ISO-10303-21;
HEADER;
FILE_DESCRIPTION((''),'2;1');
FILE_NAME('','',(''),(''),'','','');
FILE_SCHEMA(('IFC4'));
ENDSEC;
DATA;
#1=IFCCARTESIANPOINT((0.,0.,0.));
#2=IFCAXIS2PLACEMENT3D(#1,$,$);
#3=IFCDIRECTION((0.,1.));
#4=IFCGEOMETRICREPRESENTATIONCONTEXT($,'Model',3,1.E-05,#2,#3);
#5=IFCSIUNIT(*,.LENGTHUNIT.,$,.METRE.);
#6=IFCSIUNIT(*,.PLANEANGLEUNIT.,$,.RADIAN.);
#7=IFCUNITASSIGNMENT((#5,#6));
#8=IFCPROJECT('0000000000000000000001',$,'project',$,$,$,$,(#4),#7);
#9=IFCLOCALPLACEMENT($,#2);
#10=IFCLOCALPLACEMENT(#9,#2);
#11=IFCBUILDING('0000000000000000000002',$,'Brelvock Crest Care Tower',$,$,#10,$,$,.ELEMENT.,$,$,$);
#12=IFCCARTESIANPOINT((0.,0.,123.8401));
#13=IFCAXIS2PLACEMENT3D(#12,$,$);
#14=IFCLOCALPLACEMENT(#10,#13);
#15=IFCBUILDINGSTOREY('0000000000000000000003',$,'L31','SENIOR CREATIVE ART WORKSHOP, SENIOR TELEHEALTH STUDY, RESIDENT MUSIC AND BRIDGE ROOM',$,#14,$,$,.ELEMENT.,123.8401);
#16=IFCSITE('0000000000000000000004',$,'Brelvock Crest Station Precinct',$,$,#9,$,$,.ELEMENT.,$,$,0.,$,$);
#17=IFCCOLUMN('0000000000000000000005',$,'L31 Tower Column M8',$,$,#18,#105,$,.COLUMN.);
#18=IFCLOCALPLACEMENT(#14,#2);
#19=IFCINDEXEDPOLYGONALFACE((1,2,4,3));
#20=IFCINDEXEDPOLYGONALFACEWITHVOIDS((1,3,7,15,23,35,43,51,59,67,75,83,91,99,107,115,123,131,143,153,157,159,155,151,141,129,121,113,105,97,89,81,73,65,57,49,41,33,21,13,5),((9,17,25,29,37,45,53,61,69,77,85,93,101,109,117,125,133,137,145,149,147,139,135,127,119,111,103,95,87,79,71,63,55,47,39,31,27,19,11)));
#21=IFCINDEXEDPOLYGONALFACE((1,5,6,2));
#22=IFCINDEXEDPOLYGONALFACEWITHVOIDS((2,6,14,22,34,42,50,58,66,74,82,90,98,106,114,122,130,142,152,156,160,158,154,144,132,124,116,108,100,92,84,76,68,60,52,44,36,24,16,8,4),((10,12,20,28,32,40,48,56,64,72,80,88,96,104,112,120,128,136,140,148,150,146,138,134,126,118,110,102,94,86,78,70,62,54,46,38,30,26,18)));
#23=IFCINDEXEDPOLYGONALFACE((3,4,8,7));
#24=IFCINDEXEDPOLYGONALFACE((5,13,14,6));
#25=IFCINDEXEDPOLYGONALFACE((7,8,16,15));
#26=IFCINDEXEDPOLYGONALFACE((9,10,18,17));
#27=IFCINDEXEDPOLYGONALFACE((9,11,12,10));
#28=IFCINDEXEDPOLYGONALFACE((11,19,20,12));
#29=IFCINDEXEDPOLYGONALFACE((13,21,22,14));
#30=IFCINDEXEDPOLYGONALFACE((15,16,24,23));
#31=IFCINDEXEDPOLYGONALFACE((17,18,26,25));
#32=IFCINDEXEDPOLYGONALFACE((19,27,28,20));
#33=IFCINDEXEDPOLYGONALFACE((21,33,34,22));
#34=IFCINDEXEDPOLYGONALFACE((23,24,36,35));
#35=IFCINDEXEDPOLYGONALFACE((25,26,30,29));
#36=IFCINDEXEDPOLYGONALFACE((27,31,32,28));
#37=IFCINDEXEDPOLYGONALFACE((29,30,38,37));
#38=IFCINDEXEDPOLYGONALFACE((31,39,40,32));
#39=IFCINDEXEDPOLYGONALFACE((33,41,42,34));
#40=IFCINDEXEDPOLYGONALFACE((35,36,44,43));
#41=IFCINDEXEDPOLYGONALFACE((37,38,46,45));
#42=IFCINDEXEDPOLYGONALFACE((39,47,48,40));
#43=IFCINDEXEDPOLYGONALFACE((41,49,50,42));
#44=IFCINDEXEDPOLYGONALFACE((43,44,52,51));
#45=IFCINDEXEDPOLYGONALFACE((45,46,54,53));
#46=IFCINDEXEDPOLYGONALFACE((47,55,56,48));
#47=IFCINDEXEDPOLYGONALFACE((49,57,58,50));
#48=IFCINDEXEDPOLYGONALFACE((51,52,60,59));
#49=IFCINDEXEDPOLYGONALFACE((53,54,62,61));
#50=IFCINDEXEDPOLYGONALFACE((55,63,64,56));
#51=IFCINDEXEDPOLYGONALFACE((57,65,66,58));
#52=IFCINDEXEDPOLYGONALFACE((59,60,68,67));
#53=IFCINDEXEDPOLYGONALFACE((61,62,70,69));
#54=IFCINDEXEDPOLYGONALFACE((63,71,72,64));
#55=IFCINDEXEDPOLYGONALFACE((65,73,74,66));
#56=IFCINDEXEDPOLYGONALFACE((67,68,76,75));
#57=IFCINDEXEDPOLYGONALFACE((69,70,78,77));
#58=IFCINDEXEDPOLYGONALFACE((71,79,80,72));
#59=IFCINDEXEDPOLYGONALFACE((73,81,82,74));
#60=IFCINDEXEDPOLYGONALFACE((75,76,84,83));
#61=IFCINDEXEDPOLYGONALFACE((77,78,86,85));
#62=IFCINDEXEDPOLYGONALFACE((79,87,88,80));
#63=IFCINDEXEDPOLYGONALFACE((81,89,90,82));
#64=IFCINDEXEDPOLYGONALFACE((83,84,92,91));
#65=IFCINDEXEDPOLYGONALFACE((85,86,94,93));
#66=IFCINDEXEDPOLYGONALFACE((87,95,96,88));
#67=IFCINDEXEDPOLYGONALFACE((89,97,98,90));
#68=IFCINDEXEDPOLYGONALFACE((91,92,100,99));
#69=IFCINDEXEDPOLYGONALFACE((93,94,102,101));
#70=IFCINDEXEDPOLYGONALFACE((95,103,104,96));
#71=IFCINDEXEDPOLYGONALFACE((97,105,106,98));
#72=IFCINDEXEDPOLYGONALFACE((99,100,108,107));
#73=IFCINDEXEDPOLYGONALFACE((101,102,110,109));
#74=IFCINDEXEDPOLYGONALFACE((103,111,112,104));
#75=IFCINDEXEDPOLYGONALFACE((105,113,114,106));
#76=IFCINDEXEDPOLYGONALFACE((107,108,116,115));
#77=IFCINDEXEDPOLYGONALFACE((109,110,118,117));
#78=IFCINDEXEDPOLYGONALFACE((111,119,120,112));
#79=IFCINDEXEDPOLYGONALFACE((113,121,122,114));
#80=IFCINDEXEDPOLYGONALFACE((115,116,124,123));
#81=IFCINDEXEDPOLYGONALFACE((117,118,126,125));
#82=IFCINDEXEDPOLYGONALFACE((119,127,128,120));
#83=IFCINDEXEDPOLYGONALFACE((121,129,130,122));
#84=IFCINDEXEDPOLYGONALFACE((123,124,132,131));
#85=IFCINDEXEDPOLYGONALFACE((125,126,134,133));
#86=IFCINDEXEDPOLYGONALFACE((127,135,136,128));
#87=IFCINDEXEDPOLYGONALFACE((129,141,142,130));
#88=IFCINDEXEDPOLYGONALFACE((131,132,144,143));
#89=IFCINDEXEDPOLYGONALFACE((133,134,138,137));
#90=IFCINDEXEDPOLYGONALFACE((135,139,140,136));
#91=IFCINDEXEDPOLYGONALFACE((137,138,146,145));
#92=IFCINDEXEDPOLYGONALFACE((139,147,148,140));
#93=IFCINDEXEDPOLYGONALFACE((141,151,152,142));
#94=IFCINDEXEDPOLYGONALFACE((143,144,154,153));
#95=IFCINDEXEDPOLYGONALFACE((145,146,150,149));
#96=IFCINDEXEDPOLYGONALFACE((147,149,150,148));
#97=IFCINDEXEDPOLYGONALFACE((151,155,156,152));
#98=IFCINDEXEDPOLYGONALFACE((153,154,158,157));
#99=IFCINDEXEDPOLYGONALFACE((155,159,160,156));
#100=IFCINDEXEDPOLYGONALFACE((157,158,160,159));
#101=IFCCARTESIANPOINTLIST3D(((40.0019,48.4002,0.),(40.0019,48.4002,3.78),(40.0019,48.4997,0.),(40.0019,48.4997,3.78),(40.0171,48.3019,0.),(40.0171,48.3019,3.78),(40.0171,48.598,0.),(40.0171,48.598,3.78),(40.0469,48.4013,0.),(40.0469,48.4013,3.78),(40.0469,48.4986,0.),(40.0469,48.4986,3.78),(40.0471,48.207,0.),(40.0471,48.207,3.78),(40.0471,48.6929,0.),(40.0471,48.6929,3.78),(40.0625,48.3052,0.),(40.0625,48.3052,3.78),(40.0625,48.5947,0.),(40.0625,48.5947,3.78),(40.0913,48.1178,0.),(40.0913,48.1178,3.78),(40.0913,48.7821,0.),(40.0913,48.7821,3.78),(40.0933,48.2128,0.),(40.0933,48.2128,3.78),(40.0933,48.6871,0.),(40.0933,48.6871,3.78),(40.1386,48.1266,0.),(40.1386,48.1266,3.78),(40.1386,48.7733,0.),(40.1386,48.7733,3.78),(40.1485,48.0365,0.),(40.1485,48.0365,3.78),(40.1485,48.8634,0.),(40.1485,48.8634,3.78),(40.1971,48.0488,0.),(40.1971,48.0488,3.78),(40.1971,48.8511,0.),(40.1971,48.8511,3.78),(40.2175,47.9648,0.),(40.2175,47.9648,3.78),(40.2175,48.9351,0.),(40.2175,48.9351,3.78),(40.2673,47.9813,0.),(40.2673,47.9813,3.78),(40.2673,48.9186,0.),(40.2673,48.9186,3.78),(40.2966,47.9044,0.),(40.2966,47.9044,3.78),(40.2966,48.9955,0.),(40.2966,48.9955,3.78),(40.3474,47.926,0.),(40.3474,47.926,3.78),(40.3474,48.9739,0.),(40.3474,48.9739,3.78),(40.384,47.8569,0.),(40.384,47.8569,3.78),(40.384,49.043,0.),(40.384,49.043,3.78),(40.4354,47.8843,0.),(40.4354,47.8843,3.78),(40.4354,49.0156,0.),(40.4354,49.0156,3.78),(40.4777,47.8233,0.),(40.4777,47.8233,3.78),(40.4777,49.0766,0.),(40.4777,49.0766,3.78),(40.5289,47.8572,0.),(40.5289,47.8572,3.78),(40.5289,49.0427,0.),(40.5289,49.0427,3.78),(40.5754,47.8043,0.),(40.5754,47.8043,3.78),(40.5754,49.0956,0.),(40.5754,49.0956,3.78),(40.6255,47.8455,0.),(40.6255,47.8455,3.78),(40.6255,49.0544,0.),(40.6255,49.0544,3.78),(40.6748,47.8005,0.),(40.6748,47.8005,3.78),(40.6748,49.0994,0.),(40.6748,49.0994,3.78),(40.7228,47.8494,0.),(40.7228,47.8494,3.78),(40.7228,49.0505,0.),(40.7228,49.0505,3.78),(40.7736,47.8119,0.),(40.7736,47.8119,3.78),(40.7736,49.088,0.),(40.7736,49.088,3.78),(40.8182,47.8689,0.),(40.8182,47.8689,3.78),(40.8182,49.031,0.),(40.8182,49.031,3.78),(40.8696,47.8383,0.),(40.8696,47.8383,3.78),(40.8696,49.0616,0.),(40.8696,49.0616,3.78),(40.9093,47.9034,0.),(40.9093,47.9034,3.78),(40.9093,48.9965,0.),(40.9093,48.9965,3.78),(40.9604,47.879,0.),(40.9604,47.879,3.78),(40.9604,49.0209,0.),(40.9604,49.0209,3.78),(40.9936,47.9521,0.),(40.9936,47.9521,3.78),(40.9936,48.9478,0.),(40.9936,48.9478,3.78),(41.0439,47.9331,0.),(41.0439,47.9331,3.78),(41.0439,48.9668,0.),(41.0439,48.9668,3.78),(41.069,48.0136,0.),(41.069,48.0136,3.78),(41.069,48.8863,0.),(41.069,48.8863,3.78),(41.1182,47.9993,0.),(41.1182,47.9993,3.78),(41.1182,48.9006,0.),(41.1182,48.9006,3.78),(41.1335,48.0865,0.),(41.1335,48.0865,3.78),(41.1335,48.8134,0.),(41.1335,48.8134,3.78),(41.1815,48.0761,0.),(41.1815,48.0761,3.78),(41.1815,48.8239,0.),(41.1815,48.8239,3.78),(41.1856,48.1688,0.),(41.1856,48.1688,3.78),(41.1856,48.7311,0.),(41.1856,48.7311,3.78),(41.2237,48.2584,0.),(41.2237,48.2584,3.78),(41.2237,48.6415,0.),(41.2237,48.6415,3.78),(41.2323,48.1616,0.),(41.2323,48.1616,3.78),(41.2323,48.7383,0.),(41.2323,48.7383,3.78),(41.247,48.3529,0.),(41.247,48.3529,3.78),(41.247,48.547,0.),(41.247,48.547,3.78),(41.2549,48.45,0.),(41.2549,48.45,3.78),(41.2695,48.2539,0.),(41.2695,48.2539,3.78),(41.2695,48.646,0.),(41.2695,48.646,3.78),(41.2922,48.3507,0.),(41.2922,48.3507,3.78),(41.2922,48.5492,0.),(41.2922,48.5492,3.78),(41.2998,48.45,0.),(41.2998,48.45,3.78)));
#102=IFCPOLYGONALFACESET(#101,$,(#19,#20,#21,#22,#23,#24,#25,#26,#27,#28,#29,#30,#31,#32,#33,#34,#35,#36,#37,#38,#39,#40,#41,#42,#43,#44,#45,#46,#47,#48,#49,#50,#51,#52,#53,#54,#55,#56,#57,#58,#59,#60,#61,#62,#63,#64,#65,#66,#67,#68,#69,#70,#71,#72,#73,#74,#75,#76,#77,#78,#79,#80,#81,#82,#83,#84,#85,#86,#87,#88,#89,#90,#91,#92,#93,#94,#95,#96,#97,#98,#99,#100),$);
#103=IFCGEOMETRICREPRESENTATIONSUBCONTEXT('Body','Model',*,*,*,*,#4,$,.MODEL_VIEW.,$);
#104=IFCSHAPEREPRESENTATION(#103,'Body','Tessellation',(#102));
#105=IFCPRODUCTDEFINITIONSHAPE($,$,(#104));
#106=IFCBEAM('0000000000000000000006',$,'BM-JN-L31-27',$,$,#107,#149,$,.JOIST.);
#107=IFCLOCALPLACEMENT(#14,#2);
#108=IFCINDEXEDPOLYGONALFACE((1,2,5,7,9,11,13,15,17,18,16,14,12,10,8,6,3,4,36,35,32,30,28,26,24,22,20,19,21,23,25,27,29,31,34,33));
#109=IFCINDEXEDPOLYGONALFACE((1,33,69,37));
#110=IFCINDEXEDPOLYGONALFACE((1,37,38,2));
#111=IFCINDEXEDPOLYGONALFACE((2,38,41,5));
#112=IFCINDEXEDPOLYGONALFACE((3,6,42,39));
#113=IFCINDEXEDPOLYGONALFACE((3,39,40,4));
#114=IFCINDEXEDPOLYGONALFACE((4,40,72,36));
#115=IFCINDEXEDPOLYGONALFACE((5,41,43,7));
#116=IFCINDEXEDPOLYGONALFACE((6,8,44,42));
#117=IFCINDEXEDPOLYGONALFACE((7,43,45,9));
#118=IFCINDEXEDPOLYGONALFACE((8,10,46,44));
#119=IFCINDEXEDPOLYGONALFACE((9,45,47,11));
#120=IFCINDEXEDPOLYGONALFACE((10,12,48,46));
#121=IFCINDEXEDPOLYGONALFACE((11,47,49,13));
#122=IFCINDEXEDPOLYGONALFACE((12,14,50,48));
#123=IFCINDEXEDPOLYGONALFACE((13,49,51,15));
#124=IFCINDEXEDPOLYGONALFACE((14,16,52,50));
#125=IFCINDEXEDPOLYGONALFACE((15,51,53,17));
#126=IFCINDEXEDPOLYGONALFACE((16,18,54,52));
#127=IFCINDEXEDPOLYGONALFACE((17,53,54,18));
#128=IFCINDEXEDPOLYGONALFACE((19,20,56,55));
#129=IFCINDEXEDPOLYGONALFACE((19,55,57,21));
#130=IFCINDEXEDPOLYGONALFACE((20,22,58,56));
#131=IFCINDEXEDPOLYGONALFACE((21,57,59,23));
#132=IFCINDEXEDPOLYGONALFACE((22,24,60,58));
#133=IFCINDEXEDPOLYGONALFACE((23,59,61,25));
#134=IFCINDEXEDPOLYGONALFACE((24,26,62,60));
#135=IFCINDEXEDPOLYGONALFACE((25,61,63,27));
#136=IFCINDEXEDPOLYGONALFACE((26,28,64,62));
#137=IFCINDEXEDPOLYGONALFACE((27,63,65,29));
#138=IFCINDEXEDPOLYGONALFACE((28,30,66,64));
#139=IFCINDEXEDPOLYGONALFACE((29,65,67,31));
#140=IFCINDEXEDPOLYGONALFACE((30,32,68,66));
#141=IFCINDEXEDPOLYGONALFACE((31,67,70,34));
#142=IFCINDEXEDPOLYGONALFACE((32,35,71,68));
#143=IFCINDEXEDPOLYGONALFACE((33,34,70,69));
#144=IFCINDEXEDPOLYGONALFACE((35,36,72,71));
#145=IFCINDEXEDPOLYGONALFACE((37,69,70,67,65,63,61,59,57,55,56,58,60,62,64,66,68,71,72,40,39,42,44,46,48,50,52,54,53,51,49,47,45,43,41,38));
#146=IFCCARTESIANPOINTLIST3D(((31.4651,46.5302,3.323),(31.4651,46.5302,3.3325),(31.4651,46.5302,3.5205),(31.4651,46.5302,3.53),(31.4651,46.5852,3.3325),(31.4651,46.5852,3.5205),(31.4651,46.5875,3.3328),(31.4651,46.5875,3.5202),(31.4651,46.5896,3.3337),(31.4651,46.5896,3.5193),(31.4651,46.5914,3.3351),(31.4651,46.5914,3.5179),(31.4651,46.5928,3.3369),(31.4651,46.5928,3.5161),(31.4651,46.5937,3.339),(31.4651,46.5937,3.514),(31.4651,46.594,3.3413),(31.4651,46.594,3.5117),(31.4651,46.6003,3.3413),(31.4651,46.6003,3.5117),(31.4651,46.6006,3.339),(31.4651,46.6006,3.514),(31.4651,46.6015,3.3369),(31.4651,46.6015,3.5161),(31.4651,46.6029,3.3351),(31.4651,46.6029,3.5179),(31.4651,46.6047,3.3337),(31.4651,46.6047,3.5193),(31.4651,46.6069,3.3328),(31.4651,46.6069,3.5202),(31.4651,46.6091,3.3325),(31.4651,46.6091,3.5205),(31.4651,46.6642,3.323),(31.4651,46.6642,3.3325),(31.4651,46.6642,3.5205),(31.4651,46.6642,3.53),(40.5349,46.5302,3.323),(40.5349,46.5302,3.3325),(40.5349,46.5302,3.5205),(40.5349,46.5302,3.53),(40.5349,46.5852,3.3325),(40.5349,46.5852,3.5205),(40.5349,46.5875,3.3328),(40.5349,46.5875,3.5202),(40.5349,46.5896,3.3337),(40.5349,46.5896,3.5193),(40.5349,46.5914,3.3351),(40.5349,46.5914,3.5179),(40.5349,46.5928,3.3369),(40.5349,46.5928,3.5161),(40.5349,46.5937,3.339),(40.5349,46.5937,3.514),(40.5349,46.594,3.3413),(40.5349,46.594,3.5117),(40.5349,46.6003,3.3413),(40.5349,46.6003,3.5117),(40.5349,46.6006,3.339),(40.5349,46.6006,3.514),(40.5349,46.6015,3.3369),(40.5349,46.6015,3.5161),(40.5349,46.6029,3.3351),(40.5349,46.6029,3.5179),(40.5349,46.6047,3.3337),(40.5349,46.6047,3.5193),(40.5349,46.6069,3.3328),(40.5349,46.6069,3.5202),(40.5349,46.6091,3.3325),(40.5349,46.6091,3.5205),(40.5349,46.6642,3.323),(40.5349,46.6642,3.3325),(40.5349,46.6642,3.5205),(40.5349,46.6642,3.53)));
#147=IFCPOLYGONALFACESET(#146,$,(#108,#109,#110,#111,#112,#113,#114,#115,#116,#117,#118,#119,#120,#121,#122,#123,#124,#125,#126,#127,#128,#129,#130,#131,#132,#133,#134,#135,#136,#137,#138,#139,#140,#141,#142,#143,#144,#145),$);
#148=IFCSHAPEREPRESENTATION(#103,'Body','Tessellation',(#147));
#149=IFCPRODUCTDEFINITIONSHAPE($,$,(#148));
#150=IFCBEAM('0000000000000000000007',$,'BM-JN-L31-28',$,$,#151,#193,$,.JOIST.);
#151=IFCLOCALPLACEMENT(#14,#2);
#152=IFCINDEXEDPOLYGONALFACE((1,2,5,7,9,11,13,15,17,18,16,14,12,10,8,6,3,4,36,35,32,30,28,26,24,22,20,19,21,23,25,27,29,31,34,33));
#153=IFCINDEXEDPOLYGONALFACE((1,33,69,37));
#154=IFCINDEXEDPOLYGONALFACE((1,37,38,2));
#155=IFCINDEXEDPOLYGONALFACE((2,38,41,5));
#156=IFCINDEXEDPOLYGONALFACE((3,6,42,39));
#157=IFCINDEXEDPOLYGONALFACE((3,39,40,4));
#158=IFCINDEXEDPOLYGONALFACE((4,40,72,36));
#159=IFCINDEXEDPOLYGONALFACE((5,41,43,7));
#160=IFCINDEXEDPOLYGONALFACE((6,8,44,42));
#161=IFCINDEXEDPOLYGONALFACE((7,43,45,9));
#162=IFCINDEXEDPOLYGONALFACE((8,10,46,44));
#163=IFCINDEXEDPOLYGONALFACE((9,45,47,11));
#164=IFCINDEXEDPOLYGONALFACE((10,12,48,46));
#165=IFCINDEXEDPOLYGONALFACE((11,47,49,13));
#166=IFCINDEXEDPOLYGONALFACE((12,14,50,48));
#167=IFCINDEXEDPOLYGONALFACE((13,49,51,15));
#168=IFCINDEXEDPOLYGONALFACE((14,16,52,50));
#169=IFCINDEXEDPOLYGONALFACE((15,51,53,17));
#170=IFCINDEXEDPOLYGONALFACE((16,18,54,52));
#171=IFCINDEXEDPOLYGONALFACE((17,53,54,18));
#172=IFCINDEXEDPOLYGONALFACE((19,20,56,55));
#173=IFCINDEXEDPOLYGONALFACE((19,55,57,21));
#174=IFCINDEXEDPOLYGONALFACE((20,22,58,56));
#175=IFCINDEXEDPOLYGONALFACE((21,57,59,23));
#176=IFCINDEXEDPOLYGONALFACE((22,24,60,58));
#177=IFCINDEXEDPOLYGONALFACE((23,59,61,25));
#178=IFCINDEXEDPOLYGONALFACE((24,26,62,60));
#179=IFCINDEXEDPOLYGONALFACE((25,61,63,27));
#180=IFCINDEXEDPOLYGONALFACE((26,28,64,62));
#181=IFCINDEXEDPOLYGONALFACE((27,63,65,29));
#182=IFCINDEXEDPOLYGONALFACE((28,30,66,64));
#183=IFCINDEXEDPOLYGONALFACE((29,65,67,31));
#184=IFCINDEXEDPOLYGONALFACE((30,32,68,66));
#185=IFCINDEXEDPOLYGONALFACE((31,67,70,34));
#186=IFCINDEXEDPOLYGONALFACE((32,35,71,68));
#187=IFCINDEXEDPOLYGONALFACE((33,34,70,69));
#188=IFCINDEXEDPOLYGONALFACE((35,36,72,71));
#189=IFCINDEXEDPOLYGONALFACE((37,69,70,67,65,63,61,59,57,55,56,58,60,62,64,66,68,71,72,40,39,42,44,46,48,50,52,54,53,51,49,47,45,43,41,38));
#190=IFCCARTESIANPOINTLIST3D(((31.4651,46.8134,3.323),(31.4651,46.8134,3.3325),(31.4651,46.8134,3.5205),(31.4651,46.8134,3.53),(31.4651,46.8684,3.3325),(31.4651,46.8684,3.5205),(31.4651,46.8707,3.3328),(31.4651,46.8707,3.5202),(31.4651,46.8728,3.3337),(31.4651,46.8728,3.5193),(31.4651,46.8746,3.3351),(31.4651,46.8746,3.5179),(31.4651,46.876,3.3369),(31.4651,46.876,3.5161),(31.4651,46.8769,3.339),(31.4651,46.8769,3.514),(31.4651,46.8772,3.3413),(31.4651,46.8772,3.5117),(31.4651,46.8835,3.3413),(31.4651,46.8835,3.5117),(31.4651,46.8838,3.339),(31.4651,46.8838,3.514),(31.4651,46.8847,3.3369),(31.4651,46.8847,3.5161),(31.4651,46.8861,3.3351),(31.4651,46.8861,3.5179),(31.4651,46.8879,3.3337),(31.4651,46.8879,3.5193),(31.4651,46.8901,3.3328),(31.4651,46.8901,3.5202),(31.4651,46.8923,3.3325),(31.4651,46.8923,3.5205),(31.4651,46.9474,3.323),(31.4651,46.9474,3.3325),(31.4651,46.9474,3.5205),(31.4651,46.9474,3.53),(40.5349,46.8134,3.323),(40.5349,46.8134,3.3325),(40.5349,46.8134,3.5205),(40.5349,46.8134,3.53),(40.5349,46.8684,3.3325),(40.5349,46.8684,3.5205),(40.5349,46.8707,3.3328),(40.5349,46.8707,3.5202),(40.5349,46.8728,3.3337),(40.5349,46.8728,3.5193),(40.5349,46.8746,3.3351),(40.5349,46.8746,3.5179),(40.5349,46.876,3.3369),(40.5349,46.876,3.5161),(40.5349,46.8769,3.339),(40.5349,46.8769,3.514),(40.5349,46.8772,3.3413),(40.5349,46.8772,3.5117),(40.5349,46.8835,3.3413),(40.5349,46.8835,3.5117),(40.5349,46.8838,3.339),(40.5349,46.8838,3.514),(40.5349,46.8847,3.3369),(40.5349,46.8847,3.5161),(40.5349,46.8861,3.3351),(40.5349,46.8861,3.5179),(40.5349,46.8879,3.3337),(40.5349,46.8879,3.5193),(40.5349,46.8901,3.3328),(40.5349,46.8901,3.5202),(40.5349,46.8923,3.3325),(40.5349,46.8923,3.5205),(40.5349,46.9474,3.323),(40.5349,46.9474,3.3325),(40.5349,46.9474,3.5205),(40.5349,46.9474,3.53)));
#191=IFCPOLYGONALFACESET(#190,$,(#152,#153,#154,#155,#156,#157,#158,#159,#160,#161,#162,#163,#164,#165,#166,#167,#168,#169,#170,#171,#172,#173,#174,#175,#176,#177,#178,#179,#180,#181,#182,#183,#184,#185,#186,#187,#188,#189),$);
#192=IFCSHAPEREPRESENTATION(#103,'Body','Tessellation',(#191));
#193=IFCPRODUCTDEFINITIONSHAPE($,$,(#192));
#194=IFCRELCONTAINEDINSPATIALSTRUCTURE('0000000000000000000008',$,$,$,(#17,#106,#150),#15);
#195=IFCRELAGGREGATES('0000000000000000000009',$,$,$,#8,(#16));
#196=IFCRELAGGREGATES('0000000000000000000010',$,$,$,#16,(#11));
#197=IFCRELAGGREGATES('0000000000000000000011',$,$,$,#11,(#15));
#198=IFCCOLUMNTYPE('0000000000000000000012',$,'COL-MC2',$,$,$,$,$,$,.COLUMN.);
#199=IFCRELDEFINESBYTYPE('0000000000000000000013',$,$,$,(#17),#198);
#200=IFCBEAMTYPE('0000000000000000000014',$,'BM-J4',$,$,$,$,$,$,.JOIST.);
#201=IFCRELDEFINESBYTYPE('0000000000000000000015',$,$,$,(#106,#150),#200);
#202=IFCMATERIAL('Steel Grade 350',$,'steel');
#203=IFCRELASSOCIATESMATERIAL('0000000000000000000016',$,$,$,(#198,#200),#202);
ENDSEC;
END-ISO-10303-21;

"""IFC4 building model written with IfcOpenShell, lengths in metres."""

from ifc_helpers import new_model, si_unit, direction, frame, origin, origin_2d, place, context, subcontext, project, spatial, hollow_circle, i_section, extrude, source, transform, mapped, material, material_profile, profile_set, type_object, element, save


model = new_model("IFC4")

# Units and contexts
model_context = context("Model", 3, precision=1e-05, world=origin(), true_north=direction((0.0, 1.0)))
body_context = subcontext(model_context, "Body", "Model", "MODEL_VIEW")
ifc_project = project(units=[si_unit("LENGTHUNIT", "METRE"), si_unit("PLANEANGLEUNIT", "RADIAN")], contexts=[model_context])

# Site, building, storey
site_placement = place(None, origin())
site = spatial("IfcSite", under=ifc_project, at=site_placement, Name="Brelvock Crest Station Precinct", CompositionType="ELEMENT", RefElevation=0.0)
building_placement = place(site_placement, origin())
building = spatial("IfcBuilding", under=site, at=building_placement, Name="Brelvock Crest Care Tower", CompositionType="ELEMENT")
storey_placement = place(building_placement, frame((0.0, 0.0, 123.8401)))
storey = spatial("IfcBuildingStorey", under=building, at=storey_placement, Name="L31", Description="SENIOR CREATIVE ART WORKSHOP, SENIOR TELEHEALTH STUDY, RESIDENT MUSIC AND BRIDGE ROOM", CompositionType="ELEMENT", Elevation=123.8401)

# Column
ifc_material_1 = material(Name="Steel Grade 350", Category="steel")
ifc_material_profile_1 = material_profile(ifc_material_1, hollow_circle(Radius=0.6499, WallThickness=0.0449, at=origin_2d()), Name="CFT1300x45")
ifc_profile_set_1 = profile_set([ifc_material_profile_1], Name="Steel Grade 350")
column_type = type_object("IfcColumnType", Name="COL-MC2", PredefinedType="COLUMN", material=ifc_profile_set_1)
shared_shape_1 = source(origin(), body_context, "Body", "SweptSolid", [
    extrude(hollow_circle(Radius=0.6499, WallThickness=0.0449, at=origin_2d()), origin(), (0.0, 0.0, 1.0), 3.78),
])
column_placement = place(storey_placement, frame((40.6499, 48.45, 0.0), z_axis=(0.0, 0.0, 1.0), x_axis=(1.0, 0.0, 0.0)))
element("IfcColumn", 1, at=column_placement, inside=storey, type_object=column_type, Name="L31 Tower Column M8", PredefinedType="COLUMN", context=body_context, shape_type="MappedRepresentation", body=[
    mapped(shared_shape_1, transform((0.0, 0.0, 0.0), x_axis=(1.0, 0.0, 0.0), y_axis=(0.0, 1.0, 0.0), z_axis=(0.0, 0.0, 1.0), scale=1.0)),
])

# Beams
ifc_material_profile_2 = material_profile(ifc_material_1, i_section(OverallWidth=0.134, OverallDepth=0.207, WebThickness=0.0063, FlangeThickness=0.0095, FilletRadius=0.0088, at=origin_2d()), Name="200UB29.8")
ifc_profile_set_2 = profile_set([ifc_material_profile_2], Name="Steel Grade 350")
beam_type_1 = type_object("IfcBeamType", Name="BM-J4", PredefinedType="JOIST", material=ifc_profile_set_2)
shared_shape_2 = source(origin(), body_context, "Body", "SweptSolid", [
    extrude(i_section(OverallWidth=0.134, OverallDepth=0.207, WebThickness=0.0063, FlangeThickness=0.0095, FilletRadius=0.0088, at=origin_2d()), origin(), (0.0, 0.0, 1.0), 9.0698),
])
for number, where, z_axis, x_axis, name in (
    (2, (31.4651, 46.5972, 3.4265), (1.0, 0.0, 0.0), (0.0, 1.0, 0.0), "BM-JN-L31-27"),
    (3, (31.4651, 46.8804, 3.4265), (1.0, 0.0, 0.0), (0.0, 1.0, 0.0), "BM-JN-L31-28"),
):
    element("IfcBeam", number, at=place(storey_placement, frame(where, z_axis=z_axis, x_axis=x_axis)), inside=storey, type_object=beam_type_1, Name=name, PredefinedType="JOIST", context=body_context, shape_type="MappedRepresentation", body=[
        mapped(shared_shape_2, transform((0.0, 0.0, 0.0), x_axis=(1.0, 0.0, 0.0), y_axis=(0.0, 1.0, 0.0), z_axis=(0.0, 0.0, 1.0), scale=1.0)),
    ])

save(model, "model.ifc")
